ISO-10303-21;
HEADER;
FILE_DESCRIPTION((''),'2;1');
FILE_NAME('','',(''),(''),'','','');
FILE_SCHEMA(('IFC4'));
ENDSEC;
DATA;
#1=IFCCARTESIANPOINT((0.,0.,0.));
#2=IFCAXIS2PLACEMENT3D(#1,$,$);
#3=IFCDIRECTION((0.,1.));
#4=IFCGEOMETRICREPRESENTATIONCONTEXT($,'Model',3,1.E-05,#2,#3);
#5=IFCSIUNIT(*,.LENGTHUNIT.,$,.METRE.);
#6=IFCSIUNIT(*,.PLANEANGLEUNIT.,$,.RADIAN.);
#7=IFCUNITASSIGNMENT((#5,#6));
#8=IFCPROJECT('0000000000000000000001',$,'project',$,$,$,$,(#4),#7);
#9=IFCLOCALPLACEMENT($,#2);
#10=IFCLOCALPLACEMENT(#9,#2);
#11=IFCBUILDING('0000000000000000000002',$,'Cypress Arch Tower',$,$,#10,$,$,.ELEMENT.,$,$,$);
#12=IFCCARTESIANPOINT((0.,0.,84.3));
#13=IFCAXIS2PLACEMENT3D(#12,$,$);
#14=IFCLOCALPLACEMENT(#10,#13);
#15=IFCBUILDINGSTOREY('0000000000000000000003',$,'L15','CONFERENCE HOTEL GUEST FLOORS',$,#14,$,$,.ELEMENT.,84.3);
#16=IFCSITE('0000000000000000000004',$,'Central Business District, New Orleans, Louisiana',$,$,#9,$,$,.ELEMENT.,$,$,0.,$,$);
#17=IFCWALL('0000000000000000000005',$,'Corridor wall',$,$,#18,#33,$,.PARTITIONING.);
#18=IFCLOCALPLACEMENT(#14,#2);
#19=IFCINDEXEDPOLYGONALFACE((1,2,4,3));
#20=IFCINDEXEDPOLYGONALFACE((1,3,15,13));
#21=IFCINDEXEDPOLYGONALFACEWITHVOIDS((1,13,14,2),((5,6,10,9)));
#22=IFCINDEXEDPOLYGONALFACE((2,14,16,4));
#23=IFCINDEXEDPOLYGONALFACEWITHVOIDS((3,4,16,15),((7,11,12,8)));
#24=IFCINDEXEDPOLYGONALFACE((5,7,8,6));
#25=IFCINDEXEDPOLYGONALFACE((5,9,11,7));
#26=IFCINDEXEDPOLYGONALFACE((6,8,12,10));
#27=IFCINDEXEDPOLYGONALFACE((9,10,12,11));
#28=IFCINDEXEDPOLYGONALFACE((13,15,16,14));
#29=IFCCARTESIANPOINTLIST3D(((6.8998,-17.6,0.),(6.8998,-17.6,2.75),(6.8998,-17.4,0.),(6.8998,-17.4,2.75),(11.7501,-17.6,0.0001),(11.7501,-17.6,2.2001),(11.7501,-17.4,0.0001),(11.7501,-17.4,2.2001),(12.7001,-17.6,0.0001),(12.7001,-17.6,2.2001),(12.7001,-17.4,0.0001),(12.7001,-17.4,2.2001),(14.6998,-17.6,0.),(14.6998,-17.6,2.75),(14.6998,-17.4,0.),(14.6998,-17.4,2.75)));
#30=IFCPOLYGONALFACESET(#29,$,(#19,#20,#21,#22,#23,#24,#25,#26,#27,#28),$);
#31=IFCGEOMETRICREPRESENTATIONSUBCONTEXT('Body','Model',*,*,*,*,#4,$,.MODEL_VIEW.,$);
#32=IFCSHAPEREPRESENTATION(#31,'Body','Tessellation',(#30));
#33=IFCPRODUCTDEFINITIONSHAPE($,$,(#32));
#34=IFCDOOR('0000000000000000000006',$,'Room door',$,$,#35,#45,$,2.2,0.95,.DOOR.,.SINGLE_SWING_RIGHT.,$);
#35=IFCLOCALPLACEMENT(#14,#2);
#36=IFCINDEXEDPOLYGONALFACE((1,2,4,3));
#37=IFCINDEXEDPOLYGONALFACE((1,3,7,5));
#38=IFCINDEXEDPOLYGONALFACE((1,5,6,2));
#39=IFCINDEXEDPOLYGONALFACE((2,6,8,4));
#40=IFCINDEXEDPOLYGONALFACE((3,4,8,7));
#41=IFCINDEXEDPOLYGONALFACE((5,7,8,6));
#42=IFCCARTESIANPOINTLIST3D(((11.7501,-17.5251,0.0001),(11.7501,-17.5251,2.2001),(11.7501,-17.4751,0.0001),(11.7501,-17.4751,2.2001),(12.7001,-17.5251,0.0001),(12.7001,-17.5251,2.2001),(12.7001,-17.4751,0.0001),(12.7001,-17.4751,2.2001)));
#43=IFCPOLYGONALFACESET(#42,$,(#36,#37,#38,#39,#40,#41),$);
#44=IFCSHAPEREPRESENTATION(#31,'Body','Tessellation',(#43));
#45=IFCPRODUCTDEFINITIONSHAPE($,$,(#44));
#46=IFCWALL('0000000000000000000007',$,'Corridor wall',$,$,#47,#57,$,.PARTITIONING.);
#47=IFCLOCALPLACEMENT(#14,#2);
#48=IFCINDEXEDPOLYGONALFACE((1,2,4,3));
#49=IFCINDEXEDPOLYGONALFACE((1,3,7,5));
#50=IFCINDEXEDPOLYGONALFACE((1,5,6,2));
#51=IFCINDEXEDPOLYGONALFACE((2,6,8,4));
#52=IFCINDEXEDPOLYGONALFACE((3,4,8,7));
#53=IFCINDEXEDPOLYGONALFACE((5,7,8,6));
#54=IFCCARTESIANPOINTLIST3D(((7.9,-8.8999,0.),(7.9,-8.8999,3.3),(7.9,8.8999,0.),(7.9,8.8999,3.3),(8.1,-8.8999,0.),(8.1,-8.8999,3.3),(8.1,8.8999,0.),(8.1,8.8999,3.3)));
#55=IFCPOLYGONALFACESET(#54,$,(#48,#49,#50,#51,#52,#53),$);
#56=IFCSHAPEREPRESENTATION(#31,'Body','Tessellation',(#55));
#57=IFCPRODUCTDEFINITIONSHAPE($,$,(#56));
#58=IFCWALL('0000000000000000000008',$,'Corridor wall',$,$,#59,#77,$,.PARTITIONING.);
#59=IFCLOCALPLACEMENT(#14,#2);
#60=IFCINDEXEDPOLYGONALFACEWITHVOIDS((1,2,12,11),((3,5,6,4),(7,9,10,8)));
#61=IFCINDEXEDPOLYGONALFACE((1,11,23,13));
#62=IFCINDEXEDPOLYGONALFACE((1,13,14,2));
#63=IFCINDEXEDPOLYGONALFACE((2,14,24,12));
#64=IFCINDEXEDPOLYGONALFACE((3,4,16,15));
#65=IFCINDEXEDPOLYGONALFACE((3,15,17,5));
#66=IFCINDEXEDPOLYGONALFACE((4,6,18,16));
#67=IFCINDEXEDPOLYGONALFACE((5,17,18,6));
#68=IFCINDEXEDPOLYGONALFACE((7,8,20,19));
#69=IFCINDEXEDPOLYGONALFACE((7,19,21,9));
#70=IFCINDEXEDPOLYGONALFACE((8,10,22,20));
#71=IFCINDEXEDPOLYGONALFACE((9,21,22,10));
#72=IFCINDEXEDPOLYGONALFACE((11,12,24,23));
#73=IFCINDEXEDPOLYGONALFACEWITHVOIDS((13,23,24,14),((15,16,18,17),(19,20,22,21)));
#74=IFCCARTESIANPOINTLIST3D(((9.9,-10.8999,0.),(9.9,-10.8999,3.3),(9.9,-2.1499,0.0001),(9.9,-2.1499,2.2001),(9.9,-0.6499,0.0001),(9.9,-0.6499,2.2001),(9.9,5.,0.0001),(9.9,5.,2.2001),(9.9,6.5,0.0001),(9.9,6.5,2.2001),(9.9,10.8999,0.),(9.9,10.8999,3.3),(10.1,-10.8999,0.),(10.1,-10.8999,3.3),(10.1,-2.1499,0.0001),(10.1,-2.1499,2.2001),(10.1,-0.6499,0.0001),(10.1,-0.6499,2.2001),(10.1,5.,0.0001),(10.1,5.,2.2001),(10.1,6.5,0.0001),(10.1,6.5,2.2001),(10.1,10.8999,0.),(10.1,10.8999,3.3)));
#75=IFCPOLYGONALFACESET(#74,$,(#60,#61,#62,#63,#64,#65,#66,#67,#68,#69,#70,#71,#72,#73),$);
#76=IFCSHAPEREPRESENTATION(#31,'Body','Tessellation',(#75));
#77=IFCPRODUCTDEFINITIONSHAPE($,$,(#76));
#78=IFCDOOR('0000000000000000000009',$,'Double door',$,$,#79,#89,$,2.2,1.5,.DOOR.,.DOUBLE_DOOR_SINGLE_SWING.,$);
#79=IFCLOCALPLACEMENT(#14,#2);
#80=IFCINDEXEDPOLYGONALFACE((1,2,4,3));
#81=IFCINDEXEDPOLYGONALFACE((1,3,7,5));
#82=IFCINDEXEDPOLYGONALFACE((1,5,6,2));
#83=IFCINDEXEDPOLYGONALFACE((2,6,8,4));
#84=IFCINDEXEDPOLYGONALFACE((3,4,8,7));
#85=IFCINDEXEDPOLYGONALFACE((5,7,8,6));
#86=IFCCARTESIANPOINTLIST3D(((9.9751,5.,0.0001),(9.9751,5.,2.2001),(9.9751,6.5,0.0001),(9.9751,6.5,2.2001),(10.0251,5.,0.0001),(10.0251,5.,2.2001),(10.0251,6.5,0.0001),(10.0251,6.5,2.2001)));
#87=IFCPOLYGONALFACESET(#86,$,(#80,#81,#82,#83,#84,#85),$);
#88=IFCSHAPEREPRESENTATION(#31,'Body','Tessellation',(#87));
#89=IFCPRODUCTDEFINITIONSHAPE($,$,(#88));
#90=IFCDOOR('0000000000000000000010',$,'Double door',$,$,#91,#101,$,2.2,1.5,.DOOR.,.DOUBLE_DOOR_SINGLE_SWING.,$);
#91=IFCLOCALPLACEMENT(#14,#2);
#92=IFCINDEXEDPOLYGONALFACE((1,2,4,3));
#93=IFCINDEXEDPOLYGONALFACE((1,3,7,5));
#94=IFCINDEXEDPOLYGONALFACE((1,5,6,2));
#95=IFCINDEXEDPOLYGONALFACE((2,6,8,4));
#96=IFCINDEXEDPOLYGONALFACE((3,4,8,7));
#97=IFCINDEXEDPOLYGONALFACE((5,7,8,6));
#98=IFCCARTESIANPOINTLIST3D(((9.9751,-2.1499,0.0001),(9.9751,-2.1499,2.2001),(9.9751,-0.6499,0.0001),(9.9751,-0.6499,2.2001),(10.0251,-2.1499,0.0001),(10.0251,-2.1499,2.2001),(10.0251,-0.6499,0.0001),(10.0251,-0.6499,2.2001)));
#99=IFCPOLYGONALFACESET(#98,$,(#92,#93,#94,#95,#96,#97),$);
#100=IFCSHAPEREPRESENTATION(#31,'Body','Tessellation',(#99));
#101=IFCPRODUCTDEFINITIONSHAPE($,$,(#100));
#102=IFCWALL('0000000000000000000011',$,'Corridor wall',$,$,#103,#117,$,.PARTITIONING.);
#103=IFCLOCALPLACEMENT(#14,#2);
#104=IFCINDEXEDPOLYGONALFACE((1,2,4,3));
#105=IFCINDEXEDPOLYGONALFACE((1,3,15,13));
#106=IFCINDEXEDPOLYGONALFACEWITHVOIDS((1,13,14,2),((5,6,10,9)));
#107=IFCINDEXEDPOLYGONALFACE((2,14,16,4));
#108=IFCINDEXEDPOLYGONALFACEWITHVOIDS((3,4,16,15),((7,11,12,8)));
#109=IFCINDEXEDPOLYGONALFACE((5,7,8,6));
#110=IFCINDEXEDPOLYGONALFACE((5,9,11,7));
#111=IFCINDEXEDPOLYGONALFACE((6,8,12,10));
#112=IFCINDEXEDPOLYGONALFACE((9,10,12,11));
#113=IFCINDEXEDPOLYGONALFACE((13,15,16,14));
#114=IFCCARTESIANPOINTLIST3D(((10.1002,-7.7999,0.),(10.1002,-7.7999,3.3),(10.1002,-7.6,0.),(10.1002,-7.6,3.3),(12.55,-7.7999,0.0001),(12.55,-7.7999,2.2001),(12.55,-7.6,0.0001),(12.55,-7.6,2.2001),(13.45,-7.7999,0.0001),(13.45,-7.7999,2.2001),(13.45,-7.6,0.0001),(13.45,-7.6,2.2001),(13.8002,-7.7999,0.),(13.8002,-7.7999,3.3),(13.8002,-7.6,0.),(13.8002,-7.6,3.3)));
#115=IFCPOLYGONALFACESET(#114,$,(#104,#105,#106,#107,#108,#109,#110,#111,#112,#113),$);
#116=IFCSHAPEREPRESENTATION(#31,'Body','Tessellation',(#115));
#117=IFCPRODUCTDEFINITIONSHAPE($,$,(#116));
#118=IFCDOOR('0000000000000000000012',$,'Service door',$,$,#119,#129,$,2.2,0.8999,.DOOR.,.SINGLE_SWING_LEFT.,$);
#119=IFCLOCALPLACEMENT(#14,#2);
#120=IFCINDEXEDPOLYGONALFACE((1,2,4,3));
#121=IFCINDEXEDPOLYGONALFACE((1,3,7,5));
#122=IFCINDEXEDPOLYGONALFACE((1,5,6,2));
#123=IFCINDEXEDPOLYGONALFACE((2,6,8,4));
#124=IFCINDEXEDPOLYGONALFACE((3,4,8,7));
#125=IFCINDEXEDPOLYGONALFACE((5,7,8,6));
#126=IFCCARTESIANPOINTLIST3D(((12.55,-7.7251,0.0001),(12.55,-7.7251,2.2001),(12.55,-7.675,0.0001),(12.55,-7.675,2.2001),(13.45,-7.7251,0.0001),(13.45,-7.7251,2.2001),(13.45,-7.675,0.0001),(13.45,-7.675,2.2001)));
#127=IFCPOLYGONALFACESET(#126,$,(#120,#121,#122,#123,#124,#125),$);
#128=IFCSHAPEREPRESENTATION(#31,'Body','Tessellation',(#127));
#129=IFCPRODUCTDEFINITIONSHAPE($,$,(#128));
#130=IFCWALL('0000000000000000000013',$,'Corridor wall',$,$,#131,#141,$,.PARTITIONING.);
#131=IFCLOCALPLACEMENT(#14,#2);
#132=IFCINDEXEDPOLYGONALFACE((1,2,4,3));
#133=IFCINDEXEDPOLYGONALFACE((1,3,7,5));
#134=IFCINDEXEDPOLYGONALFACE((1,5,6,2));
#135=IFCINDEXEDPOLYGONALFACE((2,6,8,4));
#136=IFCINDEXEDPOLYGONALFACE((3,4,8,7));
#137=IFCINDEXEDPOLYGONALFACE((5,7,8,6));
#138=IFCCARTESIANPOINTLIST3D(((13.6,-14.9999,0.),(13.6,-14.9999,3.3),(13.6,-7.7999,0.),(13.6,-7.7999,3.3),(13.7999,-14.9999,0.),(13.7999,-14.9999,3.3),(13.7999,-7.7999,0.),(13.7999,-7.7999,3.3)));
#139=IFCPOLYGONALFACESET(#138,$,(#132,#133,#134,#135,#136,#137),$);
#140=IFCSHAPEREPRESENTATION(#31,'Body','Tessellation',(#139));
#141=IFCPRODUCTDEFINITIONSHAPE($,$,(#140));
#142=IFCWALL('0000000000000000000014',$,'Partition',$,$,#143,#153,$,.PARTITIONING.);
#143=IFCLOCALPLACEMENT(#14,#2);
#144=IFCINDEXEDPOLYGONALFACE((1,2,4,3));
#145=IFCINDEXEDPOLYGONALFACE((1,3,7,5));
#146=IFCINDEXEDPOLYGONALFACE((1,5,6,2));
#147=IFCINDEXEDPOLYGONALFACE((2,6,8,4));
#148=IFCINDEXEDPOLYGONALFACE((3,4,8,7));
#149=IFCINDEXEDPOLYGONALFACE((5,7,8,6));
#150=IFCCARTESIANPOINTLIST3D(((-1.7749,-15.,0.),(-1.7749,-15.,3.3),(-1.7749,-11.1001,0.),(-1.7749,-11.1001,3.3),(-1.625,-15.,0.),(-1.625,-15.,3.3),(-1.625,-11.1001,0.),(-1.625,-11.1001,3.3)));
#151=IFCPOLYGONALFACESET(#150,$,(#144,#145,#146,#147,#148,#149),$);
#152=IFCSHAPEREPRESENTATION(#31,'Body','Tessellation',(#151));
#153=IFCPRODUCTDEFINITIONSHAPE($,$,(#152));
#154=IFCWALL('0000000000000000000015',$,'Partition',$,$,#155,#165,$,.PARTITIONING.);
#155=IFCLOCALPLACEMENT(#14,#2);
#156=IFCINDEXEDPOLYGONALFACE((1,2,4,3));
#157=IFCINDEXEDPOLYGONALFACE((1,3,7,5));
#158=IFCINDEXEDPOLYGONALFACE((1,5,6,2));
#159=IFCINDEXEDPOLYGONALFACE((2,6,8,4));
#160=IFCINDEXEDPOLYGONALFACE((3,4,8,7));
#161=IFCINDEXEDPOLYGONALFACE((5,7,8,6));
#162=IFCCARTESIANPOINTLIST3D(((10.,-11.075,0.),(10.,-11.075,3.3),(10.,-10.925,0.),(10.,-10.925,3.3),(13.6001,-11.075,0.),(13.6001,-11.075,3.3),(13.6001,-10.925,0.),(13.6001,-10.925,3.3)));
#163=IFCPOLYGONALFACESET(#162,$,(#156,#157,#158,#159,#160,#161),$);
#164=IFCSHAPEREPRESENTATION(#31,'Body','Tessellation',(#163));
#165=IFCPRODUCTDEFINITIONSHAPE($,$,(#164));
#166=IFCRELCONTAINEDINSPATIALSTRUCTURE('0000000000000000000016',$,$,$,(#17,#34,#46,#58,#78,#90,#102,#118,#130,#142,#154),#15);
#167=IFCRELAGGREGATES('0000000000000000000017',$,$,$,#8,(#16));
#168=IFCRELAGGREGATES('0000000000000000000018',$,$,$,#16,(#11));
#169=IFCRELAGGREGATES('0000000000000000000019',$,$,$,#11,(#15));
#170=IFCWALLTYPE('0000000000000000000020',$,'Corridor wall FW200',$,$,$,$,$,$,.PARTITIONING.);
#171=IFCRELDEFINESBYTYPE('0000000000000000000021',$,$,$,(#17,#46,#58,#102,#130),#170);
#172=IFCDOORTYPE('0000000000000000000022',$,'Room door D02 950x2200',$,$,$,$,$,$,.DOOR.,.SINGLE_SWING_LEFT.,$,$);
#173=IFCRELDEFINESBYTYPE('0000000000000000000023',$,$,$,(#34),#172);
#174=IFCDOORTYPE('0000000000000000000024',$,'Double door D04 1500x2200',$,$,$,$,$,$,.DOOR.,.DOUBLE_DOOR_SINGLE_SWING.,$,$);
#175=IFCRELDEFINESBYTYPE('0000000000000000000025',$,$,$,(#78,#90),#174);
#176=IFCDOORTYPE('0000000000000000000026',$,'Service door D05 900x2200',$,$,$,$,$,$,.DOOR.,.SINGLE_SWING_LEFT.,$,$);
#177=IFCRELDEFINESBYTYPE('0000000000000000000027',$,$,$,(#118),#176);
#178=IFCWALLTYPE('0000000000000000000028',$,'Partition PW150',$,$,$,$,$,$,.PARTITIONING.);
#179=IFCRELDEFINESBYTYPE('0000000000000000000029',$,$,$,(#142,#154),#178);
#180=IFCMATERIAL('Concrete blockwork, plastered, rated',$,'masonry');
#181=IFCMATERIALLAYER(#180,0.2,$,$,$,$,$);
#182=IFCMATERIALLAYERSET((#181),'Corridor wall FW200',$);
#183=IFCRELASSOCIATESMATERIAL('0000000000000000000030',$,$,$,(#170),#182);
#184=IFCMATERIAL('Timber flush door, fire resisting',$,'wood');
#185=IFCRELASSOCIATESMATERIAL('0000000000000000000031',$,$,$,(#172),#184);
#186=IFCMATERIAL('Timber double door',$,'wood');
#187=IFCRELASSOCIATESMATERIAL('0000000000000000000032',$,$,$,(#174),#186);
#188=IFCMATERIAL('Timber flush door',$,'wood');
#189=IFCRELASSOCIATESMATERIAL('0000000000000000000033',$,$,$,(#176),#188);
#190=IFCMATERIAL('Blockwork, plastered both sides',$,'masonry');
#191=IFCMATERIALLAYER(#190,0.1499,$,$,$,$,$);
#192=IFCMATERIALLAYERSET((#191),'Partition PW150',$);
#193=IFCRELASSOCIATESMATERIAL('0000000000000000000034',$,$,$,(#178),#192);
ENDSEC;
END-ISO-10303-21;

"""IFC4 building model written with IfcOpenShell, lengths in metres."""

from ifc_helpers import new_model, si_unit, direction, frame, frame_2d, origin, place, context, subcontext, project, spatial, rectangle, extrude, material, layer, layer_set, type_object, element, fill, save


model = new_model("IFC4")

# Units and contexts
model_context = context("Model", 3, precision=1e-05, world=origin(), true_north=direction((0.0, 1.0)))
body_context = subcontext(model_context, "Body", "Model", "MODEL_VIEW")
ifc_project = project(units=[si_unit("LENGTHUNIT", "METRE"), si_unit("PLANEANGLEUNIT", "RADIAN")], contexts=[model_context])

# Site, building, storey
site_placement = place(None, origin())
site = spatial("IfcSite", under=ifc_project, at=site_placement, Name="Central Business District, New Orleans, Louisiana", CompositionType="ELEMENT", RefElevation=0.0)
building_placement = place(site_placement, origin())
building = spatial("IfcBuilding", under=site, at=building_placement, Name="Cypress Arch Tower", CompositionType="ELEMENT")
storey_placement = place(building_placement, frame((0.0, 0.0, 84.3)))
storey = spatial("IfcBuildingStorey", under=building, at=storey_placement, Name="L15", Description="CONFERENCE HOTEL GUEST FLOORS", CompositionType="ELEMENT", Elevation=84.3)

# Wall, opening, door
ifc_material_1 = material(Name="Concrete blockwork, plastered, rated", Category="masonry")
ifc_layer_1 = layer(ifc_material_1, 0.2)
ifc_layer_set_1 = layer_set([ifc_layer_1], Name="Corridor wall FW200")
wall_type_1 = type_object("IfcWallType", Name="Corridor wall FW200", PredefinedType="PARTITIONING", material=ifc_layer_set_1)
ifc_material_2 = material(Name="Timber flush door, fire resisting", Category="wood")
door_type_1 = type_object("IfcDoorType", Name="Room door D02 950x2200", OperationType="SINGLE_SWING_LEFT", PredefinedType="DOOR", material=ifc_material_2)
wall_1_placement = place(storey_placement, frame((6.8999, -17.5, 0.0), z_axis=(0.0, 0.0, 1.0), x_axis=(1.0, 0.0, 0.0)))
wall_1 = element("IfcWall", 1, at=wall_1_placement, inside=storey, type_object=wall_type_1, Name="Corridor wall", PredefinedType="PARTITIONING", context=body_context, shape_type="SweptSolid", body=[
    extrude(rectangle(XDim=7.8, YDim=0.2, at=frame_2d((3.8999, 0.0))), origin(), (0.0, 0.0, 1.0), 2.75),
])
opening_1_placement = place(wall_1_placement, frame((4.8501, 0.0, 0.0)))
opening_1 = element("IfcOpeningElement", 2, at=opening_1_placement, cuts=wall_1, PredefinedType="OPENING", context=body_context, shape_type="SweptSolid", body=[
    extrude(rectangle(XDim=0.95, YDim=2.2, at=frame_2d((0.4751, 1.1001))), frame((0.0, 0.1099, 0.0), z_axis=(0.0, -1.0, 0.0), x_axis=(1.0, 0.0, 0.0)), (0.0, 0.0, 1.0), 0.22),
])
door_1_placement = place(opening_1_placement, origin())
door_1 = element("IfcDoor", 3, at=door_1_placement, inside=storey, type_object=door_type_1, Name="Room door", OperationType="SINGLE_SWING_RIGHT", OverallHeight=2.2, OverallWidth=0.95, PredefinedType="DOOR", context=body_context, shape_type="SweptSolid", body=[
    extrude(rectangle(XDim=0.95, YDim=2.2, at=frame_2d((0.4751, 1.1001))), frame((0.0, 0.0249, 0.0), z_axis=(0.0, -1.0, 0.0), x_axis=(1.0, 0.0, 0.0)), (0.0, 0.0, 1.0), 0.05),
])
fill(opening_1, door_1)

# Wall
wall_2_placement = place(storey_placement, frame((8.0, -8.8999, 0.0), z_axis=(0.0, 0.0, 1.0), x_axis=(0.0, 1.0, 0.0)))
element("IfcWall", 4, at=wall_2_placement, inside=storey, type_object=wall_type_1, Name="Corridor wall", PredefinedType="PARTITIONING", context=body_context, shape_type="SweptSolid", body=[
    extrude(rectangle(XDim=17.7998, YDim=0.2, at=frame_2d((8.8999, 0.0))), origin(), (0.0, 0.0, 1.0), 3.3),
])

# Wall, openings, doors
wall_3_placement = place(storey_placement, frame((10.0, -10.8999, 0.0), z_axis=(0.0, 0.0, 1.0), x_axis=(0.0, 1.0, 0.0)))
wall_3 = element("IfcWall", 5, at=wall_3_placement, inside=storey, type_object=wall_type_1, Name="Corridor wall", PredefinedType="PARTITIONING", context=body_context, shape_type="SweptSolid", body=[
    extrude(rectangle(XDim=21.7998, YDim=0.2, at=frame_2d((10.8999, 0.0))), origin(), (0.0, 0.0, 1.0), 3.3),
])
opening_2_placement = place(wall_3_placement, frame((15.8999, 0.0, 0.0)))
opening_2 = element("IfcOpeningElement", 6, at=opening_2_placement, cuts=wall_3, PredefinedType="OPENING", context=body_context, shape_type="SweptSolid", body=[
    extrude(rectangle(XDim=1.5, YDim=2.2, at=frame_2d((0.75, 1.1001))), frame((0.0, 0.1099, 0.0), z_axis=(0.0, -1.0, 0.0), x_axis=(1.0, 0.0, 0.0)), (0.0, 0.0, 1.0), 0.22),
])
opening_3_placement = place(wall_3_placement, frame((8.75, 0.0, 0.0)))
opening_3 = element("IfcOpeningElement", 7, at=opening_3_placement, cuts=wall_3, PredefinedType="OPENING", context=body_context, shape_type="SweptSolid", body=[
    extrude(rectangle(XDim=1.5, YDim=2.2, at=frame_2d((0.75, 1.1001))), frame((0.0, 0.1099, 0.0), z_axis=(0.0, -1.0, 0.0), x_axis=(1.0, 0.0, 0.0)), (0.0, 0.0, 1.0), 0.22),
])
ifc_material_3 = material(Name="Timber double door", Category="wood")
door_type_2 = type_object("IfcDoorType", Name="Double door D04 1500x2200", OperationType="DOUBLE_DOOR_SINGLE_SWING", PredefinedType="DOOR", material=ifc_material_3)
door_2_placement = place(opening_2_placement, origin())
door_2 = element("IfcDoor", 8, at=door_2_placement, inside=storey, type_object=door_type_2, Name="Double door", OperationType="DOUBLE_DOOR_SINGLE_SWING", OverallHeight=2.2, OverallWidth=1.5, PredefinedType="DOOR", context=body_context, shape_type="SweptSolid", body=[
    extrude(rectangle(XDim=1.5, YDim=2.2, at=frame_2d((0.75, 1.1001))), frame((0.0, 0.0249, 0.0), z_axis=(0.0, -1.0, 0.0), x_axis=(1.0, 0.0, 0.0)), (0.0, 0.0, 1.0), 0.05),
])
fill(opening_2, door_2)
door_3_placement = place(opening_3_placement, origin())
door_3 = element("IfcDoor", 9, at=door_3_placement, inside=storey, type_object=door_type_2, Name="Double door", OperationType="DOUBLE_DOOR_SINGLE_SWING", OverallHeight=2.2, OverallWidth=1.5, PredefinedType="DOOR", context=body_context, shape_type="SweptSolid", body=[
    extrude(rectangle(XDim=1.5, YDim=2.2, at=frame_2d((0.75, 1.1001))), frame((0.0, 0.0249, 0.0), z_axis=(0.0, -1.0, 0.0), x_axis=(1.0, 0.0, 0.0)), (0.0, 0.0, 1.0), 0.05),
])
fill(opening_3, door_3)

# Wall, opening, door
wall_4_placement = place(storey_placement, frame((10.1001, -7.7, 0.0), z_axis=(0.0, 0.0, 1.0), x_axis=(1.0, 0.0, 0.0)))
wall_4 = element("IfcWall", 10, at=wall_4_placement, inside=storey, type_object=wall_type_1, Name="Corridor wall", PredefinedType="PARTITIONING", context=body_context, shape_type="SweptSolid", body=[
    extrude(rectangle(XDim=3.7, YDim=0.2, at=frame_2d((1.8501, 0.0))), origin(), (0.0, 0.0, 1.0), 3.3),
])
opening_4_placement = place(wall_4_placement, frame((2.45, 0.0, 0.0)))
opening_4 = element("IfcOpeningElement", 11, at=opening_4_placement, cuts=wall_4, PredefinedType="OPENING", context=body_context, shape_type="SweptSolid", body=[
    extrude(rectangle(XDim=0.8999, YDim=2.2, at=frame_2d((0.45, 1.1001))), frame((0.0, 0.1099, 0.0), z_axis=(0.0, -1.0, 0.0), x_axis=(1.0, 0.0, 0.0)), (0.0, 0.0, 1.0), 0.22),
])
ifc_material_4 = material(Name="Timber flush door", Category="wood")
door_type_3 = type_object("IfcDoorType", Name="Service door D05 900x2200", OperationType="SINGLE_SWING_LEFT", PredefinedType="DOOR", material=ifc_material_4)
door_4_placement = place(opening_4_placement, origin())
door_4 = element("IfcDoor", 12, at=door_4_placement, inside=storey, type_object=door_type_3, Name="Service door", OperationType="SINGLE_SWING_LEFT", OverallHeight=2.2, OverallWidth=0.8999, PredefinedType="DOOR", context=body_context, shape_type="SweptSolid", body=[
    extrude(rectangle(XDim=0.8999, YDim=2.2, at=frame_2d((0.45, 1.1001))), frame((0.0, 0.0249, 0.0), z_axis=(0.0, -1.0, 0.0), x_axis=(1.0, 0.0, 0.0)), (0.0, 0.0, 1.0), 0.05),
])
fill(opening_4, door_4)

# Walls
wall_5_placement = place(storey_placement, frame((13.7, -15.0, 0.0), z_axis=(0.0, 0.0, 1.0), x_axis=(0.0, 1.0, 0.0)))
element("IfcWall", 13, at=wall_5_placement, inside=storey, type_object=wall_type_1, Name="Corridor wall", PredefinedType="PARTITIONING", context=body_context, shape_type="SweptSolid", body=[
    extrude(rectangle(XDim=7.2, YDim=0.2, at=frame_2d((3.6001, 0.0))), origin(), (0.0, 0.0, 1.0), 3.3),
])
ifc_material_5 = material(Name="Blockwork, plastered both sides", Category="masonry")
ifc_layer_2 = layer(ifc_material_5, 0.1499)
ifc_layer_set_2 = layer_set([ifc_layer_2], Name="Partition PW150")
wall_type_2 = type_object("IfcWallType", Name="Partition PW150", PredefinedType="PARTITIONING", material=ifc_layer_set_2)
wall_6_placement = place(storey_placement, frame((-1.7, -15.0, 0.0), z_axis=(0.0, 0.0, 1.0), x_axis=(0.0, 1.0, 0.0)))
element("IfcWall", 14, at=wall_6_placement, inside=storey, type_object=wall_type_2, Name="Partition", PredefinedType="PARTITIONING", context=body_context, shape_type="SweptSolid", body=[
    extrude(rectangle(XDim=3.8999, YDim=0.1499, at=frame_2d((1.95, 0.0))), origin(), (0.0, 0.0, 1.0), 3.3),
])
wall_7_placement = place(storey_placement, frame((10.0, -11.0, 0.0), z_axis=(0.0, 0.0, 1.0), x_axis=(1.0, 0.0, 0.0)))
element("IfcWall", 15, at=wall_7_placement, inside=storey, type_object=wall_type_2, Name="Partition", PredefinedType="PARTITIONING", context=body_context, shape_type="SweptSolid", body=[
    extrude(rectangle(XDim=3.6001, YDim=0.1499, at=frame_2d((1.8, 0.0))), origin(), (0.0, 0.0, 1.0), 3.3),
])

save(model, "model.ifc")
